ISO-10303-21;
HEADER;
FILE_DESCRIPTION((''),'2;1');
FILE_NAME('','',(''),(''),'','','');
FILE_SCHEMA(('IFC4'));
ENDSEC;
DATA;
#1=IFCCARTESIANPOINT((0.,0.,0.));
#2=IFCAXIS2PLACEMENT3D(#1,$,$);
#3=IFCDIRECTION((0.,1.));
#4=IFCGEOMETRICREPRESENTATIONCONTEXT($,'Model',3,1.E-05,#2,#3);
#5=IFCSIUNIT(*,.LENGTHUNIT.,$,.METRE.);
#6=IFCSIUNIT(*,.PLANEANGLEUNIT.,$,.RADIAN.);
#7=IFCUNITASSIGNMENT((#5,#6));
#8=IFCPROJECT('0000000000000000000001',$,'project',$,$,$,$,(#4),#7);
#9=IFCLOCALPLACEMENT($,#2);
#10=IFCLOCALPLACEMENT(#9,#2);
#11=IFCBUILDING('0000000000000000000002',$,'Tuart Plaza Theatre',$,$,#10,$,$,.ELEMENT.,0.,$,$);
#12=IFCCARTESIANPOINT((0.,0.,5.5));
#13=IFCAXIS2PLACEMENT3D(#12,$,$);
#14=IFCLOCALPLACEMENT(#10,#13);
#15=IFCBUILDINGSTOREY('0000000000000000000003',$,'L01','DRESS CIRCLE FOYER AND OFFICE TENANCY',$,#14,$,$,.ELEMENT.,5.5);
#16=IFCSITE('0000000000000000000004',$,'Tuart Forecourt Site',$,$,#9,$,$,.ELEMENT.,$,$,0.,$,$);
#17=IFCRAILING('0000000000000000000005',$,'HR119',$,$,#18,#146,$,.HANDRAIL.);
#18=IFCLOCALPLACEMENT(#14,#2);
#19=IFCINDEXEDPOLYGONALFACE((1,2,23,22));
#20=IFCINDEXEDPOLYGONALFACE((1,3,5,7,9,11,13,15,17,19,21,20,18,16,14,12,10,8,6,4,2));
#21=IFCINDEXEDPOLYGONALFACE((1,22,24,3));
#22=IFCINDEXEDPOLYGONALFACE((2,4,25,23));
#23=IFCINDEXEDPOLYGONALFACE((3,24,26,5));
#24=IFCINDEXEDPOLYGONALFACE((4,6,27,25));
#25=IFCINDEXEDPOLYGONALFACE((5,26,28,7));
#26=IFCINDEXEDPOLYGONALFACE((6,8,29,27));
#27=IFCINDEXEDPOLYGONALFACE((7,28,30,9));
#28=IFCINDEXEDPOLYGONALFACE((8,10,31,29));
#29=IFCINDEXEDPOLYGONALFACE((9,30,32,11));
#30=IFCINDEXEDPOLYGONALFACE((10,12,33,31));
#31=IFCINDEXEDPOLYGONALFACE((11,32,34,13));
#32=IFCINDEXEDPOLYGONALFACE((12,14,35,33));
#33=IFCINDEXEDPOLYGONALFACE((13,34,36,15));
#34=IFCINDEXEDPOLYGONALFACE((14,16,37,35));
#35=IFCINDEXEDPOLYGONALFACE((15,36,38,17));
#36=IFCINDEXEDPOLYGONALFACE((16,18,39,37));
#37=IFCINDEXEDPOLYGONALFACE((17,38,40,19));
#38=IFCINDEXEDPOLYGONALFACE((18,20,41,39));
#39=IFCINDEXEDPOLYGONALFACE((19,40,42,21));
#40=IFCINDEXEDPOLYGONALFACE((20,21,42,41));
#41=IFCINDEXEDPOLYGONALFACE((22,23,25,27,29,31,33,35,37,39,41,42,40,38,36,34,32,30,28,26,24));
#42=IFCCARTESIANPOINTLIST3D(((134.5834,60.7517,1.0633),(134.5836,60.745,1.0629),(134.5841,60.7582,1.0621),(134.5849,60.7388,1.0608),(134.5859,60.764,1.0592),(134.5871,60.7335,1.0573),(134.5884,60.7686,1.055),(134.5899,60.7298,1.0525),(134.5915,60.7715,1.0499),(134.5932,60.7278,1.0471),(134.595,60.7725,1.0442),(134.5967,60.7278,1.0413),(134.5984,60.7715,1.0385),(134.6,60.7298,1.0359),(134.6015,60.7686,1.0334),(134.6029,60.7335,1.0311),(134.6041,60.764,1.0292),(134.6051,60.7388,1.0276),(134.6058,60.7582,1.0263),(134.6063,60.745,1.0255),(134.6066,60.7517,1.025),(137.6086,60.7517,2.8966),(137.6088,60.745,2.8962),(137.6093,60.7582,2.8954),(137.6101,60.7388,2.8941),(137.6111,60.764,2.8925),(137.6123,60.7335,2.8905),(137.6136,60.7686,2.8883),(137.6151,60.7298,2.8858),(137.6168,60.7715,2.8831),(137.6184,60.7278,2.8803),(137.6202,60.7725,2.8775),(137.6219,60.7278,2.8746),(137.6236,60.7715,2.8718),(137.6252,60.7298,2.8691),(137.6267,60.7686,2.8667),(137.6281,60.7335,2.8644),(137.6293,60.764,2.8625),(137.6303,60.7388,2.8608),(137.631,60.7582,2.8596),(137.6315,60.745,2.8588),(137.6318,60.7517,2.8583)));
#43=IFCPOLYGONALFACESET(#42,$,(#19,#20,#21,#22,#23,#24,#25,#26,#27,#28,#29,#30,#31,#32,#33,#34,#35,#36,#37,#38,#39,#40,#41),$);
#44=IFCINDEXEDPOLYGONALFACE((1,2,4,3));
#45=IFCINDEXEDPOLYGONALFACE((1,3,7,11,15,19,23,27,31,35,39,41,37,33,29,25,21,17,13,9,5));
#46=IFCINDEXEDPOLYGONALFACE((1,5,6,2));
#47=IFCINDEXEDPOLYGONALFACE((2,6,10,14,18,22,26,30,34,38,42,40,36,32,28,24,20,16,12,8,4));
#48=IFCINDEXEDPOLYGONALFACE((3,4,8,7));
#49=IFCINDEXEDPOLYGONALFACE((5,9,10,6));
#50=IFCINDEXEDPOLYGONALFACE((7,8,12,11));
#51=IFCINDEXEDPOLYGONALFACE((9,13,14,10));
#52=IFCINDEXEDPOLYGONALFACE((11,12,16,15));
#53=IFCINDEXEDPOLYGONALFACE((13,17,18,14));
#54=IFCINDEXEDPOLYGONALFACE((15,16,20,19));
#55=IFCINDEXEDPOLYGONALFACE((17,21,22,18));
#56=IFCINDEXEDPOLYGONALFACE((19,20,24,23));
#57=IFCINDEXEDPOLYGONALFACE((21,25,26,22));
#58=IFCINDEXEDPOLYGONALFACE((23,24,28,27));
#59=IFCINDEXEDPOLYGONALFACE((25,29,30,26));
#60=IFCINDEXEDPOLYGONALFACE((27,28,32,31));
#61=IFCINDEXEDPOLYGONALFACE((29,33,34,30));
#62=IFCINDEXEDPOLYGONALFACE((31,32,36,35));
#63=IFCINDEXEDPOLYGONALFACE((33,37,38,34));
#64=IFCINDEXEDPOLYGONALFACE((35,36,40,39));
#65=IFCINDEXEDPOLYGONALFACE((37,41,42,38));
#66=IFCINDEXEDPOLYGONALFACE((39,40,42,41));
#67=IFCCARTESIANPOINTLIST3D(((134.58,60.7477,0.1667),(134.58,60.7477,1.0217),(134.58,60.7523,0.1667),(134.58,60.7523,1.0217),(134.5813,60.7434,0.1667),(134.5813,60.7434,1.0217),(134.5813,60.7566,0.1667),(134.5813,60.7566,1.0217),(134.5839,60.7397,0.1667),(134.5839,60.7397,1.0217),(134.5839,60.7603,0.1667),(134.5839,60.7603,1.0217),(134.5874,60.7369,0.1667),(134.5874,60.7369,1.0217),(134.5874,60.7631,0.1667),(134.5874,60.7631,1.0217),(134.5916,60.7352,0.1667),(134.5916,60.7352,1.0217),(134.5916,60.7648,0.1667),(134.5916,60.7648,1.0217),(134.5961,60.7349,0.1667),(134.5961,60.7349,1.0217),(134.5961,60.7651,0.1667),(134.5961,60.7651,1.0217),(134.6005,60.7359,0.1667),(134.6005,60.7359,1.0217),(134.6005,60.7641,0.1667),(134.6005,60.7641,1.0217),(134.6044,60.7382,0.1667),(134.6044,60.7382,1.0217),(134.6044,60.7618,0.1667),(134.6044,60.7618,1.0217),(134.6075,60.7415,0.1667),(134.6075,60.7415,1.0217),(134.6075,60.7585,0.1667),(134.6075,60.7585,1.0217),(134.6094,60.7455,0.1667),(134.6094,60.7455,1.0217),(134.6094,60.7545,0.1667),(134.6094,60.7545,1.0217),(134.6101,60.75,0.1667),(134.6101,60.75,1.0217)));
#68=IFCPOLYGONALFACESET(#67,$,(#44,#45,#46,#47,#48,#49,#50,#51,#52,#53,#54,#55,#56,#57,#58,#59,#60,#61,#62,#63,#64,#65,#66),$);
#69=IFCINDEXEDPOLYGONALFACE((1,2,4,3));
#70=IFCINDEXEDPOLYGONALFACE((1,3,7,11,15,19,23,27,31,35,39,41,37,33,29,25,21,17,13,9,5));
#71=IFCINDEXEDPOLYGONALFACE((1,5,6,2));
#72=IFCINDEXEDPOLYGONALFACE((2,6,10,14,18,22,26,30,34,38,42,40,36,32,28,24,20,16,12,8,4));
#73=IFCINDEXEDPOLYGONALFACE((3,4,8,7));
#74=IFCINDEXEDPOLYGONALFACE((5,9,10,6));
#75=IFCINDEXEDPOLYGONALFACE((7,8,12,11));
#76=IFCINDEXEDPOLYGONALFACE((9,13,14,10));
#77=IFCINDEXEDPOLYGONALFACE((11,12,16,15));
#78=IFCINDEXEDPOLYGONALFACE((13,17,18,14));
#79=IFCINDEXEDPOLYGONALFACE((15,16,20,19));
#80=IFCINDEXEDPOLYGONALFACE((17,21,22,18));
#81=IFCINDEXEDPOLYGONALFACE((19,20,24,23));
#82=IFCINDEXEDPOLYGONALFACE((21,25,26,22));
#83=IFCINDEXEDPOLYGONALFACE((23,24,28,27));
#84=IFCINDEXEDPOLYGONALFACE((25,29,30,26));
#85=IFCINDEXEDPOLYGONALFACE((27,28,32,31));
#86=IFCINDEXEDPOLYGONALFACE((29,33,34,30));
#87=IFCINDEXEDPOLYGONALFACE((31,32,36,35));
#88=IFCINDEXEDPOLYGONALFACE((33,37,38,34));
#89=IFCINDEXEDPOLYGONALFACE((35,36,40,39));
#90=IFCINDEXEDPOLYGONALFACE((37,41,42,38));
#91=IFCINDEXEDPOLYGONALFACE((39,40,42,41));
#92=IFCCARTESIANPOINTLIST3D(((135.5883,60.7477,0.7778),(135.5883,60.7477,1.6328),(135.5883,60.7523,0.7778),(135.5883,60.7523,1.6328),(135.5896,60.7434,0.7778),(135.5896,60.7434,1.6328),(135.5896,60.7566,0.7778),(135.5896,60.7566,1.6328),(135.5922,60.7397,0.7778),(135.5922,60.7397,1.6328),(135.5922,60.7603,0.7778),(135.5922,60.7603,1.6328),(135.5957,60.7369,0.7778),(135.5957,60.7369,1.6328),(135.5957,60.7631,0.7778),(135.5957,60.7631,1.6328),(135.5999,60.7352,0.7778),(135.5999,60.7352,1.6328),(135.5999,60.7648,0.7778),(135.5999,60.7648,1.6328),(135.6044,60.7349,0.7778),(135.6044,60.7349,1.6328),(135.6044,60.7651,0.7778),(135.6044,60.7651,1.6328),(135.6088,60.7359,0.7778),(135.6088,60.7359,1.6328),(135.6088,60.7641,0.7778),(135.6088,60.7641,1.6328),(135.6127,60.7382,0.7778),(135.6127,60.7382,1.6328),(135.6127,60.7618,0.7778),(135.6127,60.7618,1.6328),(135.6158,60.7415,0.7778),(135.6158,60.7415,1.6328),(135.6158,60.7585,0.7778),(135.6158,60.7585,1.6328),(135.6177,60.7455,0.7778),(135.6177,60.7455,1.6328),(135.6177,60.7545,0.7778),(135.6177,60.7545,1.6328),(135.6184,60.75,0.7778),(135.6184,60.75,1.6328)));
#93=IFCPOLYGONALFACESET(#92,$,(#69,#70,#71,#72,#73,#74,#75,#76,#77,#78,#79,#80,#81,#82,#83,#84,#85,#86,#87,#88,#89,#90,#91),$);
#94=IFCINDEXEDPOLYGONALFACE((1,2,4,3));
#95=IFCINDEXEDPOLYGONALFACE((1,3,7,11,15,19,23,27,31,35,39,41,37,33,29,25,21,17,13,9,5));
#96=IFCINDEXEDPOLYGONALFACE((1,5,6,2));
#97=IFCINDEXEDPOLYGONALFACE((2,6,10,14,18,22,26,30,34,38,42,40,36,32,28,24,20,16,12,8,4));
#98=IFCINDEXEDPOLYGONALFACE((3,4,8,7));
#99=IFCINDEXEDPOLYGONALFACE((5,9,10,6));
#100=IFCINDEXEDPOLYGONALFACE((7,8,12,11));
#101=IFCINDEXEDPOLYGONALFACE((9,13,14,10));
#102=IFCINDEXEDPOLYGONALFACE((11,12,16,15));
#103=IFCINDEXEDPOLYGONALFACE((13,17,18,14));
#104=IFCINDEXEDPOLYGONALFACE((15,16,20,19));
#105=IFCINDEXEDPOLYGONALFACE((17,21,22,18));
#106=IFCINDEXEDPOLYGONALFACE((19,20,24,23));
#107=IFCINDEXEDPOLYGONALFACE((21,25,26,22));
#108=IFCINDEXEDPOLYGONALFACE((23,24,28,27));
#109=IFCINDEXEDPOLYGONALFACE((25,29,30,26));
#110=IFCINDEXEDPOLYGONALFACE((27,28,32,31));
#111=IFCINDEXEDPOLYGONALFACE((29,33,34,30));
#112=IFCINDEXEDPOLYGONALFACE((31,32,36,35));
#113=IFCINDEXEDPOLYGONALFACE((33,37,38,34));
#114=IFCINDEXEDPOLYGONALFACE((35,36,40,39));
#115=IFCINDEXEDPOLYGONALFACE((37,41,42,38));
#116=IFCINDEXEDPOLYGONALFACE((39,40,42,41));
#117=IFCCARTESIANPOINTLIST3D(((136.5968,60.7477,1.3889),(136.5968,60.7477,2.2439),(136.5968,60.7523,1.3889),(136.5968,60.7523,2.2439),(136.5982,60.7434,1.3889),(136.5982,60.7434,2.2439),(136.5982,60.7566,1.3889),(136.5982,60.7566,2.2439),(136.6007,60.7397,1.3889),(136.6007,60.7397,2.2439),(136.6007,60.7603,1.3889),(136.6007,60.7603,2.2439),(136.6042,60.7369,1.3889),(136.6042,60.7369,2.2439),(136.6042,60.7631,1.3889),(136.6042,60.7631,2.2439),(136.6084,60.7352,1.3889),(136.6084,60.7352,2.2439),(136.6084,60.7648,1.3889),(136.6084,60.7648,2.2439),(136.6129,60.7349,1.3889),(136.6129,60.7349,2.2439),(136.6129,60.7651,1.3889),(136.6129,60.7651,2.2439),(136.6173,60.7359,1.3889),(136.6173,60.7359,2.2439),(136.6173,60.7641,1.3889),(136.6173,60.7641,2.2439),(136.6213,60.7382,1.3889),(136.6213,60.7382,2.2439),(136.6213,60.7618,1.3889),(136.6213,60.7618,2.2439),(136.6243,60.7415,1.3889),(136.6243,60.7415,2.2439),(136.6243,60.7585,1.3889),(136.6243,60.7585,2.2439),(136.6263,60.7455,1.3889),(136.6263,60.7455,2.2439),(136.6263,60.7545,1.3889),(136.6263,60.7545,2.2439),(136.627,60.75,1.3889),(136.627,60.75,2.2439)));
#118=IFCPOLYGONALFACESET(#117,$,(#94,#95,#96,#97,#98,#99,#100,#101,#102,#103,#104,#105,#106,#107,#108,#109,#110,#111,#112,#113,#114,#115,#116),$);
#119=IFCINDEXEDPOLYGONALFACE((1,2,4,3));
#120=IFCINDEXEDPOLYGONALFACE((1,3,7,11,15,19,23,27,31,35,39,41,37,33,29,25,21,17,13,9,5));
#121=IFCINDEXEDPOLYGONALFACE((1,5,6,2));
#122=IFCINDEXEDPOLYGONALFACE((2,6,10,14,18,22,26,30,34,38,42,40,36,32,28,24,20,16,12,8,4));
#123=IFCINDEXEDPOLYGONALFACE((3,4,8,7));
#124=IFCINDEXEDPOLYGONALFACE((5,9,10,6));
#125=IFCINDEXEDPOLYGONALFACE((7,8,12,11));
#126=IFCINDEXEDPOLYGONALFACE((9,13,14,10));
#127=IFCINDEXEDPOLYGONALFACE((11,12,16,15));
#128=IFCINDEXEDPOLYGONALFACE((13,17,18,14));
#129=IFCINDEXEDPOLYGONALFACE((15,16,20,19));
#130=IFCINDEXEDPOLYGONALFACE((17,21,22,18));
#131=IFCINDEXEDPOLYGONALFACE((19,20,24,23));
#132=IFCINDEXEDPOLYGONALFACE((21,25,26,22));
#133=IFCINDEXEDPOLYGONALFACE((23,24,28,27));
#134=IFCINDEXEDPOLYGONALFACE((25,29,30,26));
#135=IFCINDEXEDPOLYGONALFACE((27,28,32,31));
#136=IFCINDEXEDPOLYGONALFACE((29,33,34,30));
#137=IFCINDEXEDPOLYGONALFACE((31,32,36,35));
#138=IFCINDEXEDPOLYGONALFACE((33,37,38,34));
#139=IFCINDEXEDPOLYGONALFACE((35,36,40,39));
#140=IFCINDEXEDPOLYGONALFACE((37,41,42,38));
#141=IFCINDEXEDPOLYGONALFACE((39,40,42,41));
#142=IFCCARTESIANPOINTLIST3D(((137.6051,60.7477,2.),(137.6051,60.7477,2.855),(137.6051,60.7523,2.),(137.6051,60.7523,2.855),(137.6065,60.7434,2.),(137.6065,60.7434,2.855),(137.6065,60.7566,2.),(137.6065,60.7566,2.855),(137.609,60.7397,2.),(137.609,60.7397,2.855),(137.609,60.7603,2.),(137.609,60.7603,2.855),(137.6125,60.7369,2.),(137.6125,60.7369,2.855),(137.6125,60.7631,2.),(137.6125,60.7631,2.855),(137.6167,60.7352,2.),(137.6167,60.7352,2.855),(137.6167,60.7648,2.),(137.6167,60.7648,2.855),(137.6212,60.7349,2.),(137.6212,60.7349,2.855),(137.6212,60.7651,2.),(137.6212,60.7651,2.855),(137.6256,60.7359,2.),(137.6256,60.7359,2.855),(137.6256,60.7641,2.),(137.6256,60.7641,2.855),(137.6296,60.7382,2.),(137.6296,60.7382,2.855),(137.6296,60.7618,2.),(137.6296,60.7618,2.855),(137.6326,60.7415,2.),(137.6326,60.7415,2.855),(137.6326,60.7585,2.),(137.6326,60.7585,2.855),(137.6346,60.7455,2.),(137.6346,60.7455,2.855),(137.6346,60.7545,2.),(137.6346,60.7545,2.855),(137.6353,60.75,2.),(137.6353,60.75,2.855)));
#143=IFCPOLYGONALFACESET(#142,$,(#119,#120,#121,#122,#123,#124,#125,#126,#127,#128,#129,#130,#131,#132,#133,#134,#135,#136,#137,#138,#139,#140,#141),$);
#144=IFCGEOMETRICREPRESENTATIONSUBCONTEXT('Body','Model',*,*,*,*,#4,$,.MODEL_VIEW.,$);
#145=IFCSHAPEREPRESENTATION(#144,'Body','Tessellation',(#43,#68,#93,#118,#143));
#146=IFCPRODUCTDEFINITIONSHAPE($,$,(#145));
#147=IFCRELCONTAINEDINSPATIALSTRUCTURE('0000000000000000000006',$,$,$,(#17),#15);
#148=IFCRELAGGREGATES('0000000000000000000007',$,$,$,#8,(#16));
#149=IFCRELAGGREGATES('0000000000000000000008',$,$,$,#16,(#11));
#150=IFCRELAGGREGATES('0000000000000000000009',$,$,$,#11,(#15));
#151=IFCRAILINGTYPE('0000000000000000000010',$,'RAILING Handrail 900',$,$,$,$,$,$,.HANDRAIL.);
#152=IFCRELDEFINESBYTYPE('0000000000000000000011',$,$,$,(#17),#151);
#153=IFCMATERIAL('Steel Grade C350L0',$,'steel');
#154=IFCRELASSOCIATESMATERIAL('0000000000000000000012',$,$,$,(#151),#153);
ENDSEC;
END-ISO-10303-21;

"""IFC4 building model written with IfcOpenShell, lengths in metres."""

from ifc_helpers import new_model, si_unit, direction, frame, origin, origin_2d, place, context, subcontext, project, spatial, circle, extrude, material, type_object, element, save


model = new_model("IFC4")

# Units and contexts
model_context = context("Model", 3, precision=1e-05, world=origin(), true_north=direction((0.0, 1.0)))
body_context = subcontext(model_context, "Body", "Model", "MODEL_VIEW")
ifc_project = project(units=[si_unit("LENGTHUNIT", "METRE"), si_unit("PLANEANGLEUNIT", "RADIAN")], contexts=[model_context])

# Site, building, storey
site_placement = place(None, origin())
site = spatial("IfcSite", under=ifc_project, at=site_placement, Name="Tuart Forecourt Site", CompositionType="ELEMENT", RefElevation=0.0)
building_placement = place(site_placement, origin())
building = spatial("IfcBuilding", under=site, at=building_placement, Name="Tuart Plaza Theatre", CompositionType="ELEMENT", ElevationOfRefHeight=0.0)
storey_placement = place(building_placement, frame((0.0, 0.0, 5.5)))
storey = spatial("IfcBuildingStorey", under=building, at=storey_placement, Name="L01", Description="DRESS CIRCLE FOYER AND OFFICE TENANCY", CompositionType="ELEMENT", Elevation=5.5)

# Railing
ifc_material_1 = material(Name="Steel Grade C350L0", Category="steel")
railing_type_1 = type_object("IfcRailingType", Name="RAILING Handrail 900", PredefinedType="HANDRAIL", material=ifc_material_1)
for number, where, name in (
    (1, (134.595, 60.75, 0.1667), "HR119"),
):
    element("IfcRailing", number, at=place(storey_placement, frame(where)), inside=storey, type_object=railing_type_1, Name=name, PredefinedType="HANDRAIL", context=body_context, shape_type="SweptSolid", body=[
        extrude(circle(Radius=0.0225, at=origin_2d()), frame((0.0, 0.0, 0.8774), z_axis=(0.855219, 0.0, 0.518267), x_axis=(0.0, 1.0, 0.0)), (0.0, 0.0, 1.0), 3.5374),
        extrude(circle(Radius=0.0151, at=origin_2d()), origin(), (0.0, 0.0, 1.0), 0.855),
        extrude(circle(Radius=0.0151, at=origin_2d()), frame((1.0083, 0.0, 0.6111)), (0.0, 0.0, 1.0), 0.855),
        extrude(circle(Radius=0.0151, at=origin_2d()), frame((2.0168, 0.0, 1.2222)), (0.0, 0.0, 1.0), 0.855),
        extrude(circle(Radius=0.0151, at=origin_2d()), frame((3.0251, 0.0, 1.8333)), (0.0, 0.0, 1.0), 0.855),
    ])

save(model, "model.ifc")
